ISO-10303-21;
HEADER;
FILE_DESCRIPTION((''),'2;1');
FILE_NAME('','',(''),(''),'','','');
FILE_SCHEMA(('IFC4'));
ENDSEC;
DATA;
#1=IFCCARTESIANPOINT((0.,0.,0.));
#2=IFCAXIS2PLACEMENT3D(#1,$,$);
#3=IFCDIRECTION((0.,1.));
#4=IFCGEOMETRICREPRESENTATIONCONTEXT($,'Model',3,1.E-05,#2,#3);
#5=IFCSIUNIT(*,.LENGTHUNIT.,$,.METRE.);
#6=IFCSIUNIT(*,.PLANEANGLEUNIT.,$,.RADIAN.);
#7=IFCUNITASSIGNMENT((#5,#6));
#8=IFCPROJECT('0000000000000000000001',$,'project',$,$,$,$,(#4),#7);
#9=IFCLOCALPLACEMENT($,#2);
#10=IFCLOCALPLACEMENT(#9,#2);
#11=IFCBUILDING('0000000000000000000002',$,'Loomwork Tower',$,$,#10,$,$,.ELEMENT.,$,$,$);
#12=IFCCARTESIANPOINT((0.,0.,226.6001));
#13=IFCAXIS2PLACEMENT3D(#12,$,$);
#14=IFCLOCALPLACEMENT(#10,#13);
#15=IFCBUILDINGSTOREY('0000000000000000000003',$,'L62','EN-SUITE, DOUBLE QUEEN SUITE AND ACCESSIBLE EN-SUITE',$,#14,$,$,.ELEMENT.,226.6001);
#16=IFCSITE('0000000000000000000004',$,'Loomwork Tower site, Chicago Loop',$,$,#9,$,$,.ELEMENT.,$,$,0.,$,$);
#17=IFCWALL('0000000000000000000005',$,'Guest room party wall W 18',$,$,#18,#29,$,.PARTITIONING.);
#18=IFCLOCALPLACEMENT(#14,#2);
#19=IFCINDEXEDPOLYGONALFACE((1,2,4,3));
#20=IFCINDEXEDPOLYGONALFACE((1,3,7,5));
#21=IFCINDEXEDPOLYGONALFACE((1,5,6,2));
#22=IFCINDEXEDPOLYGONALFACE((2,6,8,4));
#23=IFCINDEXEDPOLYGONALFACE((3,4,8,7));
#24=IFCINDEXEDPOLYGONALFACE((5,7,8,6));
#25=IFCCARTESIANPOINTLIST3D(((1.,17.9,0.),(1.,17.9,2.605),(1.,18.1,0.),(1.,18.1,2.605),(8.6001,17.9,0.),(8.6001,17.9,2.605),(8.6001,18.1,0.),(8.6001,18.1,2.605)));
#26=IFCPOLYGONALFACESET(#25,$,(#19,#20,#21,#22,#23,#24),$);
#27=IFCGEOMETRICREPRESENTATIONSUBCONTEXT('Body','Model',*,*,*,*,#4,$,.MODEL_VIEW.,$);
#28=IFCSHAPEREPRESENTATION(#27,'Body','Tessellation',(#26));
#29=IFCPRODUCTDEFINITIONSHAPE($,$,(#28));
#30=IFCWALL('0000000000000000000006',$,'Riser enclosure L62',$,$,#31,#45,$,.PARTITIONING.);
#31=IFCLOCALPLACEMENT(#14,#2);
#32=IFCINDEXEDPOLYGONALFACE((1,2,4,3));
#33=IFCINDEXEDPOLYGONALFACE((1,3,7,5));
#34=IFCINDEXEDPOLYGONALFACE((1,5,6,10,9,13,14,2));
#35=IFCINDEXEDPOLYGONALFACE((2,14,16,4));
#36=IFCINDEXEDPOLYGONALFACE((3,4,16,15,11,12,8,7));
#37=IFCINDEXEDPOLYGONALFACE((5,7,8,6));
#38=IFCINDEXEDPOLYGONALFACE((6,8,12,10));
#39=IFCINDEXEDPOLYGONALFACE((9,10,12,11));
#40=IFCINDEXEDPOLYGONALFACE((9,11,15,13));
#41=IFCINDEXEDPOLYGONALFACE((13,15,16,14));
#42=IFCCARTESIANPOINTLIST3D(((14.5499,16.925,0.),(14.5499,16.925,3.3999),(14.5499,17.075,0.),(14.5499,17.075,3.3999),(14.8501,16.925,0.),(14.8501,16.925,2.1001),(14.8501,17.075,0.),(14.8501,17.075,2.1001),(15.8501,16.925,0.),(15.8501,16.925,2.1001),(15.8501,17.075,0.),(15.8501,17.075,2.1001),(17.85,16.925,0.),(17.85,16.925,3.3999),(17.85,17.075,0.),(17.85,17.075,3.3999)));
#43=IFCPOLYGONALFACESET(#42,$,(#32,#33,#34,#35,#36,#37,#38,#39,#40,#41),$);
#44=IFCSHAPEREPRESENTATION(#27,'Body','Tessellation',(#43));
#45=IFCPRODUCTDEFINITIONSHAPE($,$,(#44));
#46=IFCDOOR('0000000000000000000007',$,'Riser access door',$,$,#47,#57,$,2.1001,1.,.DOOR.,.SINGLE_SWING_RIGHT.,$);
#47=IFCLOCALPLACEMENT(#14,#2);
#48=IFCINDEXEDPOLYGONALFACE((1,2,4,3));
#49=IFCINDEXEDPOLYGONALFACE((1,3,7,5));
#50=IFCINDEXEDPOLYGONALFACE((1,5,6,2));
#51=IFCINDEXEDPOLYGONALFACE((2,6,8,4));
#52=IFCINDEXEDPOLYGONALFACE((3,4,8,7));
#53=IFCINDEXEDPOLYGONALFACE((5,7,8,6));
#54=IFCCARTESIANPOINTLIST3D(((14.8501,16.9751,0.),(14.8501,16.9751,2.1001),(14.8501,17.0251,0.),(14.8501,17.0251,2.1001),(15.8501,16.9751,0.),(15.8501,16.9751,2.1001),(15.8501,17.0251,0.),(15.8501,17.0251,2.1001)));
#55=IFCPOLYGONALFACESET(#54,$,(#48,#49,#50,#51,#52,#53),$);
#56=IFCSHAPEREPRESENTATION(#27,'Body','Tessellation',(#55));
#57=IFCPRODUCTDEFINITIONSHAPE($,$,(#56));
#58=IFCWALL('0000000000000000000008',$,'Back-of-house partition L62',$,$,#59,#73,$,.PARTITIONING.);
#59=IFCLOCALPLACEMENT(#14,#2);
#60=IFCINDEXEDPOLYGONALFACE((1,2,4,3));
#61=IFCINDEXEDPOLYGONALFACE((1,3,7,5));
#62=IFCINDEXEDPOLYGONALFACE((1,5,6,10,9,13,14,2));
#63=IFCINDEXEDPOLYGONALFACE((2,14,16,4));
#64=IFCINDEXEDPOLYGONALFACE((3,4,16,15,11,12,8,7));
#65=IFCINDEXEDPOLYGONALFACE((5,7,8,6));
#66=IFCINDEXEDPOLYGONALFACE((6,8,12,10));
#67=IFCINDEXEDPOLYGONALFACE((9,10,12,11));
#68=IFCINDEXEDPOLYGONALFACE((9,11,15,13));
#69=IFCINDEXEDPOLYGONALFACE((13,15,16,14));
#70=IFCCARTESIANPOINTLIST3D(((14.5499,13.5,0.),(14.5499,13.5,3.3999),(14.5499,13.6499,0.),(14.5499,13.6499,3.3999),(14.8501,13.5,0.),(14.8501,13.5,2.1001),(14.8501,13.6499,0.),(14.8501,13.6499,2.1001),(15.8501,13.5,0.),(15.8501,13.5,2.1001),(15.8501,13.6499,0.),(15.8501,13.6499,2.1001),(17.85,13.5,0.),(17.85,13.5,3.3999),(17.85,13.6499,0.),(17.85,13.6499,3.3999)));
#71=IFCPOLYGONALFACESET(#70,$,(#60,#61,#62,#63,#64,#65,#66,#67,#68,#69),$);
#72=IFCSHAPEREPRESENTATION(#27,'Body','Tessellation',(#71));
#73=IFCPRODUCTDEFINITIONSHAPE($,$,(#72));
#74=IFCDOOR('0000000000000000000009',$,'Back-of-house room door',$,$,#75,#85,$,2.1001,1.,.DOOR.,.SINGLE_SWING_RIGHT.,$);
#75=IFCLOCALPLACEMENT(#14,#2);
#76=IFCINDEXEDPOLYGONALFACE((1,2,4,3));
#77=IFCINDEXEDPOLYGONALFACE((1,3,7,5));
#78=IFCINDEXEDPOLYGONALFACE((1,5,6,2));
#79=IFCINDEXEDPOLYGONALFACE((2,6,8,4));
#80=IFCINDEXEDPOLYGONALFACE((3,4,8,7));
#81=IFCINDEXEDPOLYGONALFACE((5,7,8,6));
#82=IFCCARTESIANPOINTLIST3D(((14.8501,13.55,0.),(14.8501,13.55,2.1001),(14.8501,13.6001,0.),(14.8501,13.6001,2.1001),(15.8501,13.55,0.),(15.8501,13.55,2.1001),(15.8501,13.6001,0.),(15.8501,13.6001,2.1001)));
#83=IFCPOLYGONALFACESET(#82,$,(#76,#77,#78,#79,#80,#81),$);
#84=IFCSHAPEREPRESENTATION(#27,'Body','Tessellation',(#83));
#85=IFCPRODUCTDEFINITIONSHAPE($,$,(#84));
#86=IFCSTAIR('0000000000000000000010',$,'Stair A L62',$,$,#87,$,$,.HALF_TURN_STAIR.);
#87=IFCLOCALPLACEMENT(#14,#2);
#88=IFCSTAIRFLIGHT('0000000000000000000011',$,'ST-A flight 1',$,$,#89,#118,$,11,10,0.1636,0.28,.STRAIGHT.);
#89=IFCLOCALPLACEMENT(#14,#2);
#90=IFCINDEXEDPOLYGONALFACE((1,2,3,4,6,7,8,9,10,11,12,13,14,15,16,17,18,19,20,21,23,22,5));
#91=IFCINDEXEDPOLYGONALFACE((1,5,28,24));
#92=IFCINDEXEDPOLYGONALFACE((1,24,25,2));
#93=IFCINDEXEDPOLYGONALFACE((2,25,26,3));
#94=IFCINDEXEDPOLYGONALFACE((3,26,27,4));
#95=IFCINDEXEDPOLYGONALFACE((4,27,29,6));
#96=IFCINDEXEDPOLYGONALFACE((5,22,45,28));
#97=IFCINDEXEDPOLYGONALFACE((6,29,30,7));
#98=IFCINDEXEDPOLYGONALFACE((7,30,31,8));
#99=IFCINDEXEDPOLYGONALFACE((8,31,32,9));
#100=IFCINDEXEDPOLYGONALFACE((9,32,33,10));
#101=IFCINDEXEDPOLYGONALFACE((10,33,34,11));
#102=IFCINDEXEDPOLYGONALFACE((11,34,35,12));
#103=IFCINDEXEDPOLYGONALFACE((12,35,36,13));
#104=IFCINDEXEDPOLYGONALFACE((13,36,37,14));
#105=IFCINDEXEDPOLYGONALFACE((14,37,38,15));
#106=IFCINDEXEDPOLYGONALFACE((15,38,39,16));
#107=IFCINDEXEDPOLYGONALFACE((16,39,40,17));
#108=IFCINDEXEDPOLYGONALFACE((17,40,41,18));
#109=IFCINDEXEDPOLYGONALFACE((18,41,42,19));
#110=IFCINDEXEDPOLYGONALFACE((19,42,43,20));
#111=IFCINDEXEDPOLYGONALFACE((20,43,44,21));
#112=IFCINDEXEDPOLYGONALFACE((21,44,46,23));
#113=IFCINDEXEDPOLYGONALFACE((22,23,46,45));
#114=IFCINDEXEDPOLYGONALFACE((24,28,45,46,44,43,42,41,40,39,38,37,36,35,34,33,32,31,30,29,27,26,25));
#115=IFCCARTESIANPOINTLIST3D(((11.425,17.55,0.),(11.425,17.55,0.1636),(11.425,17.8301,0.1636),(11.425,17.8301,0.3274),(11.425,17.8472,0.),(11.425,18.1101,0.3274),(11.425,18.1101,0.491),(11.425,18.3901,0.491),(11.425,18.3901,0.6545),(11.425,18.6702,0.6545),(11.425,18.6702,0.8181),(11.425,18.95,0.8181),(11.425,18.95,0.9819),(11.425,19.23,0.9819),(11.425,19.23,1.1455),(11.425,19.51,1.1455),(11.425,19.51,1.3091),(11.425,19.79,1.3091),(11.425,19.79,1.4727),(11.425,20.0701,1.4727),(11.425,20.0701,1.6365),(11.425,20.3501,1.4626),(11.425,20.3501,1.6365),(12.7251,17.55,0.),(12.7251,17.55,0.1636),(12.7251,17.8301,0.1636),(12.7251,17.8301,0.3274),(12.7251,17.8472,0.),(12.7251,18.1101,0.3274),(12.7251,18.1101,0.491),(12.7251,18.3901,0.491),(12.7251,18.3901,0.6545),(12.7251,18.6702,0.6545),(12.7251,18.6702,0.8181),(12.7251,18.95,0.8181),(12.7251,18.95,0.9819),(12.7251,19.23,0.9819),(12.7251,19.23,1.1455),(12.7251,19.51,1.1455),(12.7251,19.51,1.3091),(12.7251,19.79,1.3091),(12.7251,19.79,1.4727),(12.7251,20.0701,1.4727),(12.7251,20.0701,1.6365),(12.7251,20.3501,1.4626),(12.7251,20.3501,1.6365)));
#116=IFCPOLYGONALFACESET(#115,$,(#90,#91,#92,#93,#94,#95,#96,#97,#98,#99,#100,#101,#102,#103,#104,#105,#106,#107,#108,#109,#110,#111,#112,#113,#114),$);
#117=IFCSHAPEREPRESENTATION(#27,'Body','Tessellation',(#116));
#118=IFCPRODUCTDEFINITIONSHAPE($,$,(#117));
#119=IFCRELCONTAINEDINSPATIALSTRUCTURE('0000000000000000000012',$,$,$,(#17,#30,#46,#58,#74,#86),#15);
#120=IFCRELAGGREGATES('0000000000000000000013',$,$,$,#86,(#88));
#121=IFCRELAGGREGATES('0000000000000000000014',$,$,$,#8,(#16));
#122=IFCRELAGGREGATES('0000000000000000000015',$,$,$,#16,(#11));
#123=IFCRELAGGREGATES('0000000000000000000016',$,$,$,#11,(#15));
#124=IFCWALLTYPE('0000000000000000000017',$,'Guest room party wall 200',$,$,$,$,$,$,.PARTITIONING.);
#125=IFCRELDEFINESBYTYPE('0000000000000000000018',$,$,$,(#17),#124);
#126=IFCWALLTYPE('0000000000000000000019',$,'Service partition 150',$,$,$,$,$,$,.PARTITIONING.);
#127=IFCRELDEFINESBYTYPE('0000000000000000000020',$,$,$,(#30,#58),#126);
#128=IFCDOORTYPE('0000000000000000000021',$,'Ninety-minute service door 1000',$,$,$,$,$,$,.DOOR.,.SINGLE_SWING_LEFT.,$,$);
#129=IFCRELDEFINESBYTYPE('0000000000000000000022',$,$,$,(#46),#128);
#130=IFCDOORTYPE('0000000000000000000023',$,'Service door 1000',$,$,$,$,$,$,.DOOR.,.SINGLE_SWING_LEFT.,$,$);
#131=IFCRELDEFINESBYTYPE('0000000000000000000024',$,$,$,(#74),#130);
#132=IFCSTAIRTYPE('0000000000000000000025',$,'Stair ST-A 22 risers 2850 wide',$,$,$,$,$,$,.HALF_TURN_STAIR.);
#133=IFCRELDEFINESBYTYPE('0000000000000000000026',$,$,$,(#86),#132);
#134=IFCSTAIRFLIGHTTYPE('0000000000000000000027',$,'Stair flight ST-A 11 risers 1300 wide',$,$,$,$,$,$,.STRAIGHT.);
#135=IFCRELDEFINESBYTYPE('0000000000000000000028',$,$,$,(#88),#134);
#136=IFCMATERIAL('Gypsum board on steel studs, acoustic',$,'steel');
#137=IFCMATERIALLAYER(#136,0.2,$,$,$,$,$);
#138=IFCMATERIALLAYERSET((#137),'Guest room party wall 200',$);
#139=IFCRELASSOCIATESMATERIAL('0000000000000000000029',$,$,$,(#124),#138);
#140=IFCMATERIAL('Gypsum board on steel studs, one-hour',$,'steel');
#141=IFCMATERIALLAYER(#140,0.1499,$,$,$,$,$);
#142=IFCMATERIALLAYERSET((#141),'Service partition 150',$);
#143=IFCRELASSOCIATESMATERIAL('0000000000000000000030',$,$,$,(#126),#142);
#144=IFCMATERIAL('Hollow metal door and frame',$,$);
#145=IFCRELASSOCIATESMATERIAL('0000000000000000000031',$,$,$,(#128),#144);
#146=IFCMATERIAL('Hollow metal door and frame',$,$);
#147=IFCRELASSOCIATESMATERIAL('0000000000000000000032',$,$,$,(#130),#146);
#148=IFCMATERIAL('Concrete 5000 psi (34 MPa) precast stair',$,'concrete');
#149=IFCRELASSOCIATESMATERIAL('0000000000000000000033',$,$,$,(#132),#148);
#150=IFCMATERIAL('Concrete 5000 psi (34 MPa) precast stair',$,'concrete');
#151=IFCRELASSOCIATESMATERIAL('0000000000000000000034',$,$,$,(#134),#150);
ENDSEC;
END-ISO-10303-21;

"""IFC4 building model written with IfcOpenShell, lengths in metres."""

from ifc_helpers import new_model, si_unit, direction, frame, frame_2d, origin, place, context, subcontext, project, spatial, polyline, rectangle, outline, extrude, material, layer, layer_set, type_object, element, fill, aggregate, save


model = new_model("IFC4")

# Units and contexts
model_context = context("Model", 3, precision=1e-05, world=origin(), true_north=direction((0.0, 1.0)))
body_context = subcontext(model_context, "Body", "Model", "MODEL_VIEW")
ifc_project = project(units=[si_unit("LENGTHUNIT", "METRE"), si_unit("PLANEANGLEUNIT", "RADIAN")], contexts=[model_context])

# Site, building, storey
site_placement = place(None, origin())
site = spatial("IfcSite", under=ifc_project, at=site_placement, Name="Loomwork Tower site, Chicago Loop", CompositionType="ELEMENT", RefElevation=0.0)
building_placement = place(site_placement, origin())
building = spatial("IfcBuilding", under=site, at=building_placement, Name="Loomwork Tower", CompositionType="ELEMENT")
storey_placement = place(building_placement, frame((0.0, 0.0, 226.6001)))
storey = spatial("IfcBuildingStorey", under=building, at=storey_placement, Name="L62", Description="EN-SUITE, DOUBLE QUEEN SUITE AND ACCESSIBLE EN-SUITE", CompositionType="ELEMENT", Elevation=226.6001)

# Wall
ifc_material_1 = material(Name="Gypsum board on steel studs, acoustic", Category="steel")
ifc_layer_1 = layer(ifc_material_1, 0.2)
ifc_layer_set_1 = layer_set([ifc_layer_1], Name="Guest room party wall 200")
wall_type_1 = type_object("IfcWallType", Name="Guest room party wall 200", PredefinedType="PARTITIONING", material=ifc_layer_set_1)
wall_1_placement = place(storey_placement, frame((8.6001, 18.0, 0.0), z_axis=(0.0, 0.0, 1.0), x_axis=(-1.0, 0.0, 0.0)))
element("IfcWall", 1, at=wall_1_placement, inside=storey, type_object=wall_type_1, Name="Guest room party wall W 18", PredefinedType="PARTITIONING", context=body_context, shape_type="SweptSolid", body=[
    extrude(rectangle(XDim=7.6001, YDim=0.2, at=frame_2d((3.8, 0.0))), origin(), (0.0, 0.0, 1.0), 2.605),
])

# Walls, openings, doors
ifc_material_2 = material(Name="Gypsum board on steel studs, one-hour", Category="steel")
ifc_layer_2 = layer(ifc_material_2, 0.1499)
ifc_layer_set_2 = layer_set([ifc_layer_2], Name="Service partition 150")
wall_type_2 = type_object("IfcWallType", Name="Service partition 150", PredefinedType="PARTITIONING", material=ifc_layer_set_2)
wall_2_placement = place(storey_placement, frame((14.55, 17.0, 0.0), z_axis=(0.0, 0.0, 1.0), x_axis=(1.0, 0.0, 0.0)))
wall_2 = element("IfcWall", 2, at=wall_2_placement, inside=storey, type_object=wall_type_2, Name="Riser enclosure L62", PredefinedType="PARTITIONING", context=body_context, shape_type="SweptSolid", body=[
    extrude(rectangle(XDim=3.3, YDim=0.1499, at=frame_2d((1.6499, 0.0))), origin(), (0.0, 0.0, 1.0), 3.3999),
])
opening_1_placement = place(wall_2_placement, frame((0.3, 0.0, 0.0)))
opening_1 = element("IfcOpeningElement", 3, at=opening_1_placement, cuts=wall_2, PredefinedType="OPENING", context=body_context, shape_type="SweptSolid", body=[
    extrude(rectangle(XDim=1.0, YDim=2.1001, at=frame_2d((0.5, 1.05))), frame((0.0, 0.085, 0.0), z_axis=(0.0, -1.0, 0.0), x_axis=(1.0, 0.0, 0.0)), (0.0, 0.0, 1.0), 0.1699),
])
ifc_material_3 = material(Name="Hollow metal door and frame")
door_type_1 = type_object("IfcDoorType", Name="Ninety-minute service door 1000", OperationType="SINGLE_SWING_LEFT", PredefinedType="DOOR", material=ifc_material_3)
door_1_placement = place(opening_1_placement, frame((1.0, 0.0, 0.0), z_axis=(0.0, 0.0, 1.0), x_axis=(-1.0, 0.0, 0.0)))
door_1 = element("IfcDoor", 4, at=door_1_placement, inside=storey, type_object=door_type_1, Name="Riser access door", OperationType="SINGLE_SWING_RIGHT", OverallHeight=2.1001, OverallWidth=1.0, PredefinedType="DOOR", context=body_context, shape_type="SweptSolid", body=[
    extrude(rectangle(XDim=1.0, YDim=2.1001, at=frame_2d((0.5, 1.05))), frame((0.0, 0.0249, 0.0), z_axis=(0.0, -1.0, 0.0), x_axis=(1.0, 0.0, 0.0)), (0.0, 0.0, 1.0), 0.05),
])
fill(opening_1, door_1)
wall_3_placement = place(storey_placement, frame((14.55, 13.575, 0.0), z_axis=(0.0, 0.0, 1.0), x_axis=(1.0, 0.0, 0.0)))
wall_3 = element("IfcWall", 5, at=wall_3_placement, inside=storey, type_object=wall_type_2, Name="Back-of-house partition L62", PredefinedType="PARTITIONING", context=body_context, shape_type="SweptSolid", body=[
    extrude(rectangle(XDim=3.3, YDim=0.1499, at=frame_2d((1.6499, 0.0))), origin(), (0.0, 0.0, 1.0), 3.3999),
])
opening_2_placement = place(wall_3_placement, frame((0.3, 0.0, 0.0)))
opening_2 = element("IfcOpeningElement", 6, at=opening_2_placement, cuts=wall_3, PredefinedType="OPENING", context=body_context, shape_type="SweptSolid", body=[
    extrude(rectangle(XDim=1.0, YDim=2.1001, at=frame_2d((0.5, 1.05))), frame((0.0, 0.085, 0.0), z_axis=(0.0, -1.0, 0.0), x_axis=(1.0, 0.0, 0.0)), (0.0, 0.0, 1.0), 0.1699),
])
ifc_material_4 = material(Name="Hollow metal door and frame")
door_type_2 = type_object("IfcDoorType", Name="Service door 1000", OperationType="SINGLE_SWING_LEFT", PredefinedType="DOOR", material=ifc_material_4)
door_2_placement = place(opening_2_placement, frame((1.0, 0.0, 0.0), z_axis=(0.0, 0.0, 1.0), x_axis=(-1.0, 0.0, 0.0)))
door_2 = element("IfcDoor", 7, at=door_2_placement, inside=storey, type_object=door_type_2, Name="Back-of-house room door", OperationType="SINGLE_SWING_RIGHT", OverallHeight=2.1001, OverallWidth=1.0, PredefinedType="DOOR", context=body_context, shape_type="SweptSolid", body=[
    extrude(rectangle(XDim=1.0, YDim=2.1001, at=frame_2d((0.5, 1.05))), frame((0.0, 0.0249, 0.0), z_axis=(0.0, -1.0, 0.0), x_axis=(1.0, 0.0, 0.0)), (0.0, 0.0, 1.0), 0.05),
])
fill(opening_2, door_2)

# Stair, stair flight
ifc_material_5 = material(Name="Concrete 5000 psi (34 MPa) precast stair", Category="concrete")
stair_type = type_object("IfcStairType", Name="Stair ST-A 22 risers 2850 wide", PredefinedType="HALF_TURN_STAIR", material=ifc_material_5)
stair_placement = place(storey_placement, origin())
stair = element("IfcStair", 8, at=stair_placement, inside=storey, type_object=stair_type, Name="Stair A L62", PredefinedType="HALF_TURN_STAIR")
ifc_material_6 = material(Name="Concrete 5000 psi (34 MPa) precast stair", Category="concrete")
stair_flight_type = type_object("IfcStairFlightType", Name="Stair flight ST-A 11 risers 1300 wide", PredefinedType="STRAIGHT", material=ifc_material_6)
stair_flight_placement = place(storey_placement, frame((12.075, 17.55, 0.0), z_axis=(0.0, 0.0, 1.0), x_axis=(0.0, 1.0, 0.0)))
stair_flight = element("IfcStairFlight", 9, at=stair_flight_placement, type_object=stair_flight_type, Name="ST-A flight 1", NumberOfRisers=11, NumberOfTreads=10, PredefinedType="STRAIGHT", RiserHeight=0.1636, TreadLength=0.28, context=body_context, shape_type="SweptSolid", body=[
    extrude(outline(polyline([(0.0, 0.0), (0.0, 0.1636), (0.28, 0.1636), (0.28, 0.3274), (0.5601, 0.3274), (0.5601, 0.491), (0.8401, 0.491), (0.8401, 0.6545), (1.1201, 0.6545), (1.1201, 0.8181), (1.3999, 0.8181), (1.3999, 0.9819), (1.6799, 0.9819), (1.6799, 1.1455), (1.96, 1.1455), (1.96, 1.3091), (2.24, 1.3091), (2.24, 1.4727), (2.52, 1.4727), (2.52, 1.6365), (2.8, 1.6365), (2.8, 1.8), (2.8, 1.4626), (0.2971, 0.0), (0.0, 0.0)])), frame((0.0, 0.6499, 0.0), z_axis=(0.0, -1.0, 0.0), x_axis=(1.0, 0.0, 0.0)), (0.0, 0.0, 1.0), 1.3),
])
aggregate(stair, [stair_flight])

save(model, "model.ifc")
